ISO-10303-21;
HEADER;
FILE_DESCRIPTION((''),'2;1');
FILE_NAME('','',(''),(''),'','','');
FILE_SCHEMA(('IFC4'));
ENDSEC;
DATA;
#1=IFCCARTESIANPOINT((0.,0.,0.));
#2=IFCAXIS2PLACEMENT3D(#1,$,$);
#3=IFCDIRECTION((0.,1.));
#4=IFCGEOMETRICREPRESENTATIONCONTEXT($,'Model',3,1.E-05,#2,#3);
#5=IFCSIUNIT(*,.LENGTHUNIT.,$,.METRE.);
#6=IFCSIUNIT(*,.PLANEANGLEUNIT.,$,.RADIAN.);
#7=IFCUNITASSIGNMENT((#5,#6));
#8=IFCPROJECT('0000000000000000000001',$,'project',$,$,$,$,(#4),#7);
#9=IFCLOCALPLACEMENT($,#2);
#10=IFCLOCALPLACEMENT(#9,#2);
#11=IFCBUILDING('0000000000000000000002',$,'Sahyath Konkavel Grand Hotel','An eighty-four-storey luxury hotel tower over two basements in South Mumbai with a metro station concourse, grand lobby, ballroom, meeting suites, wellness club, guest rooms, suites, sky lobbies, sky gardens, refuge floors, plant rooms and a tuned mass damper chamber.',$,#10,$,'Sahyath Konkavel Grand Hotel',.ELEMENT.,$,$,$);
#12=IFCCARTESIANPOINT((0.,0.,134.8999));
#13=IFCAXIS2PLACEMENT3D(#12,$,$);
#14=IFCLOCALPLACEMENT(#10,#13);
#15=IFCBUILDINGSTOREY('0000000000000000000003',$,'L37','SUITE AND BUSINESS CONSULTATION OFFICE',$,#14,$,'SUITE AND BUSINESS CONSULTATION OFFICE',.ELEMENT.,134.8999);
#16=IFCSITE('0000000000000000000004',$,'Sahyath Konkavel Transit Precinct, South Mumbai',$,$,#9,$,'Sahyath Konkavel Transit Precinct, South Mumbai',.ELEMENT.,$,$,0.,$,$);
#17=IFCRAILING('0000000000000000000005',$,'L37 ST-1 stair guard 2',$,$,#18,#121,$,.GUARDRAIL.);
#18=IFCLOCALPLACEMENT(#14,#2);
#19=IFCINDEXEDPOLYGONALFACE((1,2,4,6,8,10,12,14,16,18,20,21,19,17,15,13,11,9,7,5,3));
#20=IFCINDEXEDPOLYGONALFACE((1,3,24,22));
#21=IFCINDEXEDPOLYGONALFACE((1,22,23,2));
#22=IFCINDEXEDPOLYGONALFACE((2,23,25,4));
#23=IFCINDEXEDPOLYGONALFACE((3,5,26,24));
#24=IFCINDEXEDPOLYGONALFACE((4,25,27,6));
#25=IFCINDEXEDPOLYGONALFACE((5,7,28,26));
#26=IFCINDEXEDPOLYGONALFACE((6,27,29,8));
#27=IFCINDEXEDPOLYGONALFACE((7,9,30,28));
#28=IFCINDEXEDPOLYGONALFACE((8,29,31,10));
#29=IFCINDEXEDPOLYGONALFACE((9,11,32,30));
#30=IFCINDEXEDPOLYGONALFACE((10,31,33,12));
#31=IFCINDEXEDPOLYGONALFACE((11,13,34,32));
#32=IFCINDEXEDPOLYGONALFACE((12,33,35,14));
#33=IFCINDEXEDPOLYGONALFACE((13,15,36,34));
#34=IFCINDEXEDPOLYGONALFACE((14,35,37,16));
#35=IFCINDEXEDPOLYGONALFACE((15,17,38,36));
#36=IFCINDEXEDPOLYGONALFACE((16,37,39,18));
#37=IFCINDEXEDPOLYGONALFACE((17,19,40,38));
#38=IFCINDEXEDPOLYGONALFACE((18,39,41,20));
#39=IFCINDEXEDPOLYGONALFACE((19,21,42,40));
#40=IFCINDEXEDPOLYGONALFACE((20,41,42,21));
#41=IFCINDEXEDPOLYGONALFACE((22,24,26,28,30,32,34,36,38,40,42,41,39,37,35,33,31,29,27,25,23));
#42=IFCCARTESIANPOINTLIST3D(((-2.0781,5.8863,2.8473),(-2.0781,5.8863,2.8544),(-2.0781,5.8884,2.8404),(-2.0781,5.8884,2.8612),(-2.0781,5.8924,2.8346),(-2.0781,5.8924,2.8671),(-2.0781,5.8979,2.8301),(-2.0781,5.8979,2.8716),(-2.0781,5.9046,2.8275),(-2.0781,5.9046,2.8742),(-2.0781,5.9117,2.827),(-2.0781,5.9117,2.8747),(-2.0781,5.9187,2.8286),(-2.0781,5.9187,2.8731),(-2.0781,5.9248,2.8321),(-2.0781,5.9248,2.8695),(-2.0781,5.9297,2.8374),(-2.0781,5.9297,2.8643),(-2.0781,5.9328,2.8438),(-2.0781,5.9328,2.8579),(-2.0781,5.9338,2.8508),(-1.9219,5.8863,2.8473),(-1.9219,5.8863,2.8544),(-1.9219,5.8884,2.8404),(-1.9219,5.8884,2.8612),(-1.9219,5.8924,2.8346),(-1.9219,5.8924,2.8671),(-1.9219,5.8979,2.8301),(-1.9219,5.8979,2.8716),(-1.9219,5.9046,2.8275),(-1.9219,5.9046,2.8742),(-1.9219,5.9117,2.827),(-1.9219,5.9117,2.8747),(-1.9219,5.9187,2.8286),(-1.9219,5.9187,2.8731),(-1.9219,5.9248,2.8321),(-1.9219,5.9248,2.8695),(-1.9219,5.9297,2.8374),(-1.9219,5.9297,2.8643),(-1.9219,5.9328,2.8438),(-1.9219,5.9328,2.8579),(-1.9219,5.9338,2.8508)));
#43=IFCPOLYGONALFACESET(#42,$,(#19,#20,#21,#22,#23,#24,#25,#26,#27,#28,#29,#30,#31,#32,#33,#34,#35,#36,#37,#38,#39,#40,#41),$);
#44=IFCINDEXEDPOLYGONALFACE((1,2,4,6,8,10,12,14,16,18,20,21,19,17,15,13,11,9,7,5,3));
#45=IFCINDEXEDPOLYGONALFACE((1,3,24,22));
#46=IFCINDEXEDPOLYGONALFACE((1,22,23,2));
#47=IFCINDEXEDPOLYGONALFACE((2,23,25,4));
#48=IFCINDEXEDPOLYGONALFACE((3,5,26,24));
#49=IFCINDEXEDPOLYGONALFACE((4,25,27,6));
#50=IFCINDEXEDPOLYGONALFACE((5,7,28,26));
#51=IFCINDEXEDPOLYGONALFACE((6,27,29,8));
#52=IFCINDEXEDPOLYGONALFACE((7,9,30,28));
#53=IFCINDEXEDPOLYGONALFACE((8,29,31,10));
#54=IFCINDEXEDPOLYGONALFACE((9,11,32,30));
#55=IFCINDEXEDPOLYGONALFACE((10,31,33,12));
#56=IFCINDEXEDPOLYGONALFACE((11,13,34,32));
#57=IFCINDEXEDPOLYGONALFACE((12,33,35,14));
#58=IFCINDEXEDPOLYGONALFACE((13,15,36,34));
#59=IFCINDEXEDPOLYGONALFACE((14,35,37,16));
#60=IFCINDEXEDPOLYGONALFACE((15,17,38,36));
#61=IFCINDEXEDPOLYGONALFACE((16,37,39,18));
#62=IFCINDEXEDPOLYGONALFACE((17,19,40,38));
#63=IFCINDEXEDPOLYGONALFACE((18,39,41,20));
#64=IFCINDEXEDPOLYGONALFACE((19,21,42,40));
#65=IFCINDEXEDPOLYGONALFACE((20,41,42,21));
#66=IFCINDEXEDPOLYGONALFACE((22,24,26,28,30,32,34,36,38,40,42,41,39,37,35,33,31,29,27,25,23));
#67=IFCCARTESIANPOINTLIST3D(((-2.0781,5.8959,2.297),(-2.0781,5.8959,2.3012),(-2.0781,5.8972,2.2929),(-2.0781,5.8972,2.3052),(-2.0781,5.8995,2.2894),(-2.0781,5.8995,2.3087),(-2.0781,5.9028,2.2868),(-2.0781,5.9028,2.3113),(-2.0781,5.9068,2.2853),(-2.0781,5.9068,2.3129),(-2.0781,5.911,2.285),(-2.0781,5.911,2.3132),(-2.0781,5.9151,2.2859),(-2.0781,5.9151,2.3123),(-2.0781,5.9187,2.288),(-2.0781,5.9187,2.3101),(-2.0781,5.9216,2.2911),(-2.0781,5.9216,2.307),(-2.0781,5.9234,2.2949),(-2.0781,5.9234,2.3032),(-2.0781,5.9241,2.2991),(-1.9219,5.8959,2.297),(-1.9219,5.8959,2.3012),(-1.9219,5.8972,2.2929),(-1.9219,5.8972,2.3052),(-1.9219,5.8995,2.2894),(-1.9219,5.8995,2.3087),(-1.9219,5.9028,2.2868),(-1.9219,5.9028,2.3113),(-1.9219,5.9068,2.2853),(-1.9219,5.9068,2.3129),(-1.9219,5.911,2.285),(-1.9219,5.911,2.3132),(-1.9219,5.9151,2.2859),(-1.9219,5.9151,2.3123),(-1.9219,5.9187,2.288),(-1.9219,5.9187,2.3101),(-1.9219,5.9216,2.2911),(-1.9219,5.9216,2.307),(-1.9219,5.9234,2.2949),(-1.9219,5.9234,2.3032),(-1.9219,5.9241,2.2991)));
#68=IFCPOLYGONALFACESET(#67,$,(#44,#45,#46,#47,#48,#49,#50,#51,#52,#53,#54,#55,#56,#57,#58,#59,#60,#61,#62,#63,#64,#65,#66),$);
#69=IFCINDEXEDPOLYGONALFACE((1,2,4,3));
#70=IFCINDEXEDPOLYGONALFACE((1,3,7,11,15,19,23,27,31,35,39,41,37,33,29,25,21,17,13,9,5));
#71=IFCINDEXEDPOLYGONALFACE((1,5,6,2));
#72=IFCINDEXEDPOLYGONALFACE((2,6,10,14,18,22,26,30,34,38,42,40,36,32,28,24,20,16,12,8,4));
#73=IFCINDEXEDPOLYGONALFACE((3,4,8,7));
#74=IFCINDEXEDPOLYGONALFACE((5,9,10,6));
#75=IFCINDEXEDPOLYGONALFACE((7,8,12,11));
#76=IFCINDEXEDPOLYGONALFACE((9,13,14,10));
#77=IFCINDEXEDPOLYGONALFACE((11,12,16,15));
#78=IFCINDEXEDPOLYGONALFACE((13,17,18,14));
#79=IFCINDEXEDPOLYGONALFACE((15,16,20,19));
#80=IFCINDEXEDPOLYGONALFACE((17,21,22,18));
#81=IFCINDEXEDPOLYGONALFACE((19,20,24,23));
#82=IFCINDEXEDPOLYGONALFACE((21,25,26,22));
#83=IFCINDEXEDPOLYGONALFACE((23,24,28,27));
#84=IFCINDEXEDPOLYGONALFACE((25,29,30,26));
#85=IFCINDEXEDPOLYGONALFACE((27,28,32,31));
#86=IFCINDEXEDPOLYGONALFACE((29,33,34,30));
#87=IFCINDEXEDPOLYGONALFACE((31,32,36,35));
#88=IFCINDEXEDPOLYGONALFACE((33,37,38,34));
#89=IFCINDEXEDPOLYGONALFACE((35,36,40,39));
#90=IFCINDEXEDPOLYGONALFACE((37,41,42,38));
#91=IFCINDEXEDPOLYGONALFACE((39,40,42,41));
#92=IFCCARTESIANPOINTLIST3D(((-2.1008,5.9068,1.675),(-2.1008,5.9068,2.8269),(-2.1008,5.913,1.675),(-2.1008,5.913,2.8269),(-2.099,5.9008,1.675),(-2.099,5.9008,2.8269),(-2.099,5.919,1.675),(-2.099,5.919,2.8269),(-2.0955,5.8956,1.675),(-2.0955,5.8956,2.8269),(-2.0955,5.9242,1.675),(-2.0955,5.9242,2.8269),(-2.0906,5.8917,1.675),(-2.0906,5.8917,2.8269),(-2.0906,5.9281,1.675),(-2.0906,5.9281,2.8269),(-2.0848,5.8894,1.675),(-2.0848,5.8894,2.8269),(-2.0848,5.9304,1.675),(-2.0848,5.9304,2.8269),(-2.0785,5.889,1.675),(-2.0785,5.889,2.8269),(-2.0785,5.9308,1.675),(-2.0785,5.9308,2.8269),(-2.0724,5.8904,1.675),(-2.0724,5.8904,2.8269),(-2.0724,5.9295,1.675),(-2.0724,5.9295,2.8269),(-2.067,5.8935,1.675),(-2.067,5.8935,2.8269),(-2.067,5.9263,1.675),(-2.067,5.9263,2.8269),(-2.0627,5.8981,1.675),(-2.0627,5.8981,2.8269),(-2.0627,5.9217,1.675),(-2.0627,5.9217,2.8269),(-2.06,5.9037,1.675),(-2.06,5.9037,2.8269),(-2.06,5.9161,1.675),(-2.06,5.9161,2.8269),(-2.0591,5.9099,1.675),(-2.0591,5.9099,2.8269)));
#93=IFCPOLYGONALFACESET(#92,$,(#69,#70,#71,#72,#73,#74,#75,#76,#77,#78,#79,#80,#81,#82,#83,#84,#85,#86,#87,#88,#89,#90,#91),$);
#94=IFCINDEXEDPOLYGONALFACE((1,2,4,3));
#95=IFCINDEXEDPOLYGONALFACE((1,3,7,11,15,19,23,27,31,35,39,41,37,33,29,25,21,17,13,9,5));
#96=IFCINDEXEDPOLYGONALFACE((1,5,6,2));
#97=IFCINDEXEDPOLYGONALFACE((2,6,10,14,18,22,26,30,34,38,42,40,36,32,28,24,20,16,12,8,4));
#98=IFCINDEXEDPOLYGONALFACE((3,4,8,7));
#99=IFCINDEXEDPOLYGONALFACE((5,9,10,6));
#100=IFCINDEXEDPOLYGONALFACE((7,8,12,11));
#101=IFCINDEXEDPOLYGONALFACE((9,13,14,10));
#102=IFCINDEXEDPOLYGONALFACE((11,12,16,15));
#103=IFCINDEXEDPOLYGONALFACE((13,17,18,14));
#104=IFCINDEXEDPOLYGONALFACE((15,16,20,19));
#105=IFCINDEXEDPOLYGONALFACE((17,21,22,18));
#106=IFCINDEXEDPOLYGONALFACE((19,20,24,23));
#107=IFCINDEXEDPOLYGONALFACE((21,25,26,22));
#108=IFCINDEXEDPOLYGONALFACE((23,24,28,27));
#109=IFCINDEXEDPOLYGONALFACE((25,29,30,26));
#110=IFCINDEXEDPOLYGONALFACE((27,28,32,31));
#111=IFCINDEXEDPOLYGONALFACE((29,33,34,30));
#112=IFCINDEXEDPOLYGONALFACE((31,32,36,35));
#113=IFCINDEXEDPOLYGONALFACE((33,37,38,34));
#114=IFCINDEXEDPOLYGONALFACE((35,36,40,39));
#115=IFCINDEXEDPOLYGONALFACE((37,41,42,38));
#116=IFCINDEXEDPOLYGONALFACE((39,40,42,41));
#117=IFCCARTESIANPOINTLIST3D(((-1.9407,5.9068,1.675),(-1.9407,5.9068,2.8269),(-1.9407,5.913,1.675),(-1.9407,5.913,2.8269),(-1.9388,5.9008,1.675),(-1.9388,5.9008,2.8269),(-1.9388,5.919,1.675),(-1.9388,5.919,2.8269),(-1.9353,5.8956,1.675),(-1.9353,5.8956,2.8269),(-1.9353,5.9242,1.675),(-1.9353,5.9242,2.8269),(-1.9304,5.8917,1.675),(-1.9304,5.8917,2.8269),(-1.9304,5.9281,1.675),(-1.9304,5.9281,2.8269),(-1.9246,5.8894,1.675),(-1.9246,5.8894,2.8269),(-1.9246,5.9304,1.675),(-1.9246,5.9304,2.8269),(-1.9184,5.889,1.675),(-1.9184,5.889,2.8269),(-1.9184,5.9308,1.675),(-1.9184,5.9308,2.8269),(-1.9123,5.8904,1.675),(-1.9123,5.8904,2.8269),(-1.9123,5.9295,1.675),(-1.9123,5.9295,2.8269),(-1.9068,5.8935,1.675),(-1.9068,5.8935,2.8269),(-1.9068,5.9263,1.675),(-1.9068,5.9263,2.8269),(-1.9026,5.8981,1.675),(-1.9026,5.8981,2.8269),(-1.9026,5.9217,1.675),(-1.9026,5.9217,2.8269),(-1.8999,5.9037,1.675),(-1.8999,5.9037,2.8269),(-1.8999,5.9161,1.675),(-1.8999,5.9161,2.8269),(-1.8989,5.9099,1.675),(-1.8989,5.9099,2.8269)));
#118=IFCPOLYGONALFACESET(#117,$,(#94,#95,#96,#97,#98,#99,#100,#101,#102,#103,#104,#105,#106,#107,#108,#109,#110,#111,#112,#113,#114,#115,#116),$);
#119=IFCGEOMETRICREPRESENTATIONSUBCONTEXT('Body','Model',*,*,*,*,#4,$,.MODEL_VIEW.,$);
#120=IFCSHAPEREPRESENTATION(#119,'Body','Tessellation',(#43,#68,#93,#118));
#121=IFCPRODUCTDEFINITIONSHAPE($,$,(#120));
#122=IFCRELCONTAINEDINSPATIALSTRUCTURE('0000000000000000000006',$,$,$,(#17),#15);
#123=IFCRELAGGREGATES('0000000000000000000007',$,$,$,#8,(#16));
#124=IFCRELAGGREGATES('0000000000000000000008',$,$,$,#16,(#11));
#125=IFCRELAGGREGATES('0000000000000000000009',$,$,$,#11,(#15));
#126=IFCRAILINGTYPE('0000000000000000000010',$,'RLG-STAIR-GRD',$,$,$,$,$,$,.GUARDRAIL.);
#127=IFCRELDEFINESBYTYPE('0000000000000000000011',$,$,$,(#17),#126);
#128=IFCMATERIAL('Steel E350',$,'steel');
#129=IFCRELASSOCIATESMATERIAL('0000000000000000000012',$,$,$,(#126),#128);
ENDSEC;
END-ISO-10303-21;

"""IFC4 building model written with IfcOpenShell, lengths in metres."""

from ifc_helpers import new_model, si_unit, direction, frame, origin, origin_2d, place, context, subcontext, project, spatial, circle, extrude, material, type_object, element, save


model = new_model("IFC4")

# Units and contexts
model_context = context("Model", 3, precision=1e-05, world=origin(), true_north=direction((0.0, 1.0)))
body_context = subcontext(model_context, "Body", "Model", "MODEL_VIEW")
ifc_project = project(units=[si_unit("LENGTHUNIT", "METRE"), si_unit("PLANEANGLEUNIT", "RADIAN")], contexts=[model_context])

# Site, building, storey
site_placement = place(None, origin())
site = spatial("IfcSite", under=ifc_project, at=site_placement, Name="Sahyath Konkavel Transit Precinct, South Mumbai", LongName="Sahyath Konkavel Transit Precinct, South Mumbai", CompositionType="ELEMENT", RefElevation=0.0)
building_placement = place(site_placement, origin())
building = spatial("IfcBuilding", under=site, at=building_placement, Name="Sahyath Konkavel Grand Hotel", Description="An eighty-four-storey luxury hotel tower over two basements in South Mumbai with a metro station concourse, grand lobby, ballroom, meeting suites, wellness club, guest rooms, suites, sky lobbies, sky gardens, refuge floors, plant rooms and a tuned mass damper chamber.", LongName="Sahyath Konkavel Grand Hotel", CompositionType="ELEMENT")
storey_placement = place(building_placement, frame((0.0, 0.0, 134.8999)))
storey = spatial("IfcBuildingStorey", under=building, at=storey_placement, Name="L37", Description="SUITE AND BUSINESS CONSULTATION OFFICE", LongName="SUITE AND BUSINESS CONSULTATION OFFICE", CompositionType="ELEMENT", Elevation=134.8999)

# Shared definitions
ifc_material_1 = material(Name="Steel E350", Category="steel")

# Railing
railing_type_1 = type_object("IfcRailingType", Name="RLG-STAIR-GRD", PredefinedType="GUARDRAIL", material=ifc_material_1)
railing_1_placement = place(storey_placement, frame((-2.0801, 5.9099, 1.675)))
element("IfcRailing", 1, at=railing_1_placement, inside=storey, type_object=railing_type_1, Name="L37 ST-1 stair guard 2", PredefinedType="GUARDRAIL", context=body_context, shape_type="SweptSolid", body=[
    extrude(circle(Radius=0.0239, at=origin_2d()), frame((0.002, 0.0, 1.1758), z_axis=(1.0, 0.0, 0.0), x_axis=(0.0, 1.0, 0.0)), (0.0, 0.0, 1.0), 0.1562),
    extrude(circle(Radius=0.0142, at=origin_2d()), frame((0.002, 0.0, 0.624), z_axis=(1.0, 0.0, 0.0), x_axis=(0.0, 1.0, 0.0)), (0.0, 0.0, 1.0), 0.1562),
    extrude(circle(Radius=0.021, at=origin_2d()), origin(), (0.0, 0.0, 1.0), 1.1519),
    extrude(circle(Radius=0.021, at=origin_2d()), frame((0.1602, 0.0, 0.0)), (0.0, 0.0, 1.0), 1.1519),
])

save(model, "model.ifc")
